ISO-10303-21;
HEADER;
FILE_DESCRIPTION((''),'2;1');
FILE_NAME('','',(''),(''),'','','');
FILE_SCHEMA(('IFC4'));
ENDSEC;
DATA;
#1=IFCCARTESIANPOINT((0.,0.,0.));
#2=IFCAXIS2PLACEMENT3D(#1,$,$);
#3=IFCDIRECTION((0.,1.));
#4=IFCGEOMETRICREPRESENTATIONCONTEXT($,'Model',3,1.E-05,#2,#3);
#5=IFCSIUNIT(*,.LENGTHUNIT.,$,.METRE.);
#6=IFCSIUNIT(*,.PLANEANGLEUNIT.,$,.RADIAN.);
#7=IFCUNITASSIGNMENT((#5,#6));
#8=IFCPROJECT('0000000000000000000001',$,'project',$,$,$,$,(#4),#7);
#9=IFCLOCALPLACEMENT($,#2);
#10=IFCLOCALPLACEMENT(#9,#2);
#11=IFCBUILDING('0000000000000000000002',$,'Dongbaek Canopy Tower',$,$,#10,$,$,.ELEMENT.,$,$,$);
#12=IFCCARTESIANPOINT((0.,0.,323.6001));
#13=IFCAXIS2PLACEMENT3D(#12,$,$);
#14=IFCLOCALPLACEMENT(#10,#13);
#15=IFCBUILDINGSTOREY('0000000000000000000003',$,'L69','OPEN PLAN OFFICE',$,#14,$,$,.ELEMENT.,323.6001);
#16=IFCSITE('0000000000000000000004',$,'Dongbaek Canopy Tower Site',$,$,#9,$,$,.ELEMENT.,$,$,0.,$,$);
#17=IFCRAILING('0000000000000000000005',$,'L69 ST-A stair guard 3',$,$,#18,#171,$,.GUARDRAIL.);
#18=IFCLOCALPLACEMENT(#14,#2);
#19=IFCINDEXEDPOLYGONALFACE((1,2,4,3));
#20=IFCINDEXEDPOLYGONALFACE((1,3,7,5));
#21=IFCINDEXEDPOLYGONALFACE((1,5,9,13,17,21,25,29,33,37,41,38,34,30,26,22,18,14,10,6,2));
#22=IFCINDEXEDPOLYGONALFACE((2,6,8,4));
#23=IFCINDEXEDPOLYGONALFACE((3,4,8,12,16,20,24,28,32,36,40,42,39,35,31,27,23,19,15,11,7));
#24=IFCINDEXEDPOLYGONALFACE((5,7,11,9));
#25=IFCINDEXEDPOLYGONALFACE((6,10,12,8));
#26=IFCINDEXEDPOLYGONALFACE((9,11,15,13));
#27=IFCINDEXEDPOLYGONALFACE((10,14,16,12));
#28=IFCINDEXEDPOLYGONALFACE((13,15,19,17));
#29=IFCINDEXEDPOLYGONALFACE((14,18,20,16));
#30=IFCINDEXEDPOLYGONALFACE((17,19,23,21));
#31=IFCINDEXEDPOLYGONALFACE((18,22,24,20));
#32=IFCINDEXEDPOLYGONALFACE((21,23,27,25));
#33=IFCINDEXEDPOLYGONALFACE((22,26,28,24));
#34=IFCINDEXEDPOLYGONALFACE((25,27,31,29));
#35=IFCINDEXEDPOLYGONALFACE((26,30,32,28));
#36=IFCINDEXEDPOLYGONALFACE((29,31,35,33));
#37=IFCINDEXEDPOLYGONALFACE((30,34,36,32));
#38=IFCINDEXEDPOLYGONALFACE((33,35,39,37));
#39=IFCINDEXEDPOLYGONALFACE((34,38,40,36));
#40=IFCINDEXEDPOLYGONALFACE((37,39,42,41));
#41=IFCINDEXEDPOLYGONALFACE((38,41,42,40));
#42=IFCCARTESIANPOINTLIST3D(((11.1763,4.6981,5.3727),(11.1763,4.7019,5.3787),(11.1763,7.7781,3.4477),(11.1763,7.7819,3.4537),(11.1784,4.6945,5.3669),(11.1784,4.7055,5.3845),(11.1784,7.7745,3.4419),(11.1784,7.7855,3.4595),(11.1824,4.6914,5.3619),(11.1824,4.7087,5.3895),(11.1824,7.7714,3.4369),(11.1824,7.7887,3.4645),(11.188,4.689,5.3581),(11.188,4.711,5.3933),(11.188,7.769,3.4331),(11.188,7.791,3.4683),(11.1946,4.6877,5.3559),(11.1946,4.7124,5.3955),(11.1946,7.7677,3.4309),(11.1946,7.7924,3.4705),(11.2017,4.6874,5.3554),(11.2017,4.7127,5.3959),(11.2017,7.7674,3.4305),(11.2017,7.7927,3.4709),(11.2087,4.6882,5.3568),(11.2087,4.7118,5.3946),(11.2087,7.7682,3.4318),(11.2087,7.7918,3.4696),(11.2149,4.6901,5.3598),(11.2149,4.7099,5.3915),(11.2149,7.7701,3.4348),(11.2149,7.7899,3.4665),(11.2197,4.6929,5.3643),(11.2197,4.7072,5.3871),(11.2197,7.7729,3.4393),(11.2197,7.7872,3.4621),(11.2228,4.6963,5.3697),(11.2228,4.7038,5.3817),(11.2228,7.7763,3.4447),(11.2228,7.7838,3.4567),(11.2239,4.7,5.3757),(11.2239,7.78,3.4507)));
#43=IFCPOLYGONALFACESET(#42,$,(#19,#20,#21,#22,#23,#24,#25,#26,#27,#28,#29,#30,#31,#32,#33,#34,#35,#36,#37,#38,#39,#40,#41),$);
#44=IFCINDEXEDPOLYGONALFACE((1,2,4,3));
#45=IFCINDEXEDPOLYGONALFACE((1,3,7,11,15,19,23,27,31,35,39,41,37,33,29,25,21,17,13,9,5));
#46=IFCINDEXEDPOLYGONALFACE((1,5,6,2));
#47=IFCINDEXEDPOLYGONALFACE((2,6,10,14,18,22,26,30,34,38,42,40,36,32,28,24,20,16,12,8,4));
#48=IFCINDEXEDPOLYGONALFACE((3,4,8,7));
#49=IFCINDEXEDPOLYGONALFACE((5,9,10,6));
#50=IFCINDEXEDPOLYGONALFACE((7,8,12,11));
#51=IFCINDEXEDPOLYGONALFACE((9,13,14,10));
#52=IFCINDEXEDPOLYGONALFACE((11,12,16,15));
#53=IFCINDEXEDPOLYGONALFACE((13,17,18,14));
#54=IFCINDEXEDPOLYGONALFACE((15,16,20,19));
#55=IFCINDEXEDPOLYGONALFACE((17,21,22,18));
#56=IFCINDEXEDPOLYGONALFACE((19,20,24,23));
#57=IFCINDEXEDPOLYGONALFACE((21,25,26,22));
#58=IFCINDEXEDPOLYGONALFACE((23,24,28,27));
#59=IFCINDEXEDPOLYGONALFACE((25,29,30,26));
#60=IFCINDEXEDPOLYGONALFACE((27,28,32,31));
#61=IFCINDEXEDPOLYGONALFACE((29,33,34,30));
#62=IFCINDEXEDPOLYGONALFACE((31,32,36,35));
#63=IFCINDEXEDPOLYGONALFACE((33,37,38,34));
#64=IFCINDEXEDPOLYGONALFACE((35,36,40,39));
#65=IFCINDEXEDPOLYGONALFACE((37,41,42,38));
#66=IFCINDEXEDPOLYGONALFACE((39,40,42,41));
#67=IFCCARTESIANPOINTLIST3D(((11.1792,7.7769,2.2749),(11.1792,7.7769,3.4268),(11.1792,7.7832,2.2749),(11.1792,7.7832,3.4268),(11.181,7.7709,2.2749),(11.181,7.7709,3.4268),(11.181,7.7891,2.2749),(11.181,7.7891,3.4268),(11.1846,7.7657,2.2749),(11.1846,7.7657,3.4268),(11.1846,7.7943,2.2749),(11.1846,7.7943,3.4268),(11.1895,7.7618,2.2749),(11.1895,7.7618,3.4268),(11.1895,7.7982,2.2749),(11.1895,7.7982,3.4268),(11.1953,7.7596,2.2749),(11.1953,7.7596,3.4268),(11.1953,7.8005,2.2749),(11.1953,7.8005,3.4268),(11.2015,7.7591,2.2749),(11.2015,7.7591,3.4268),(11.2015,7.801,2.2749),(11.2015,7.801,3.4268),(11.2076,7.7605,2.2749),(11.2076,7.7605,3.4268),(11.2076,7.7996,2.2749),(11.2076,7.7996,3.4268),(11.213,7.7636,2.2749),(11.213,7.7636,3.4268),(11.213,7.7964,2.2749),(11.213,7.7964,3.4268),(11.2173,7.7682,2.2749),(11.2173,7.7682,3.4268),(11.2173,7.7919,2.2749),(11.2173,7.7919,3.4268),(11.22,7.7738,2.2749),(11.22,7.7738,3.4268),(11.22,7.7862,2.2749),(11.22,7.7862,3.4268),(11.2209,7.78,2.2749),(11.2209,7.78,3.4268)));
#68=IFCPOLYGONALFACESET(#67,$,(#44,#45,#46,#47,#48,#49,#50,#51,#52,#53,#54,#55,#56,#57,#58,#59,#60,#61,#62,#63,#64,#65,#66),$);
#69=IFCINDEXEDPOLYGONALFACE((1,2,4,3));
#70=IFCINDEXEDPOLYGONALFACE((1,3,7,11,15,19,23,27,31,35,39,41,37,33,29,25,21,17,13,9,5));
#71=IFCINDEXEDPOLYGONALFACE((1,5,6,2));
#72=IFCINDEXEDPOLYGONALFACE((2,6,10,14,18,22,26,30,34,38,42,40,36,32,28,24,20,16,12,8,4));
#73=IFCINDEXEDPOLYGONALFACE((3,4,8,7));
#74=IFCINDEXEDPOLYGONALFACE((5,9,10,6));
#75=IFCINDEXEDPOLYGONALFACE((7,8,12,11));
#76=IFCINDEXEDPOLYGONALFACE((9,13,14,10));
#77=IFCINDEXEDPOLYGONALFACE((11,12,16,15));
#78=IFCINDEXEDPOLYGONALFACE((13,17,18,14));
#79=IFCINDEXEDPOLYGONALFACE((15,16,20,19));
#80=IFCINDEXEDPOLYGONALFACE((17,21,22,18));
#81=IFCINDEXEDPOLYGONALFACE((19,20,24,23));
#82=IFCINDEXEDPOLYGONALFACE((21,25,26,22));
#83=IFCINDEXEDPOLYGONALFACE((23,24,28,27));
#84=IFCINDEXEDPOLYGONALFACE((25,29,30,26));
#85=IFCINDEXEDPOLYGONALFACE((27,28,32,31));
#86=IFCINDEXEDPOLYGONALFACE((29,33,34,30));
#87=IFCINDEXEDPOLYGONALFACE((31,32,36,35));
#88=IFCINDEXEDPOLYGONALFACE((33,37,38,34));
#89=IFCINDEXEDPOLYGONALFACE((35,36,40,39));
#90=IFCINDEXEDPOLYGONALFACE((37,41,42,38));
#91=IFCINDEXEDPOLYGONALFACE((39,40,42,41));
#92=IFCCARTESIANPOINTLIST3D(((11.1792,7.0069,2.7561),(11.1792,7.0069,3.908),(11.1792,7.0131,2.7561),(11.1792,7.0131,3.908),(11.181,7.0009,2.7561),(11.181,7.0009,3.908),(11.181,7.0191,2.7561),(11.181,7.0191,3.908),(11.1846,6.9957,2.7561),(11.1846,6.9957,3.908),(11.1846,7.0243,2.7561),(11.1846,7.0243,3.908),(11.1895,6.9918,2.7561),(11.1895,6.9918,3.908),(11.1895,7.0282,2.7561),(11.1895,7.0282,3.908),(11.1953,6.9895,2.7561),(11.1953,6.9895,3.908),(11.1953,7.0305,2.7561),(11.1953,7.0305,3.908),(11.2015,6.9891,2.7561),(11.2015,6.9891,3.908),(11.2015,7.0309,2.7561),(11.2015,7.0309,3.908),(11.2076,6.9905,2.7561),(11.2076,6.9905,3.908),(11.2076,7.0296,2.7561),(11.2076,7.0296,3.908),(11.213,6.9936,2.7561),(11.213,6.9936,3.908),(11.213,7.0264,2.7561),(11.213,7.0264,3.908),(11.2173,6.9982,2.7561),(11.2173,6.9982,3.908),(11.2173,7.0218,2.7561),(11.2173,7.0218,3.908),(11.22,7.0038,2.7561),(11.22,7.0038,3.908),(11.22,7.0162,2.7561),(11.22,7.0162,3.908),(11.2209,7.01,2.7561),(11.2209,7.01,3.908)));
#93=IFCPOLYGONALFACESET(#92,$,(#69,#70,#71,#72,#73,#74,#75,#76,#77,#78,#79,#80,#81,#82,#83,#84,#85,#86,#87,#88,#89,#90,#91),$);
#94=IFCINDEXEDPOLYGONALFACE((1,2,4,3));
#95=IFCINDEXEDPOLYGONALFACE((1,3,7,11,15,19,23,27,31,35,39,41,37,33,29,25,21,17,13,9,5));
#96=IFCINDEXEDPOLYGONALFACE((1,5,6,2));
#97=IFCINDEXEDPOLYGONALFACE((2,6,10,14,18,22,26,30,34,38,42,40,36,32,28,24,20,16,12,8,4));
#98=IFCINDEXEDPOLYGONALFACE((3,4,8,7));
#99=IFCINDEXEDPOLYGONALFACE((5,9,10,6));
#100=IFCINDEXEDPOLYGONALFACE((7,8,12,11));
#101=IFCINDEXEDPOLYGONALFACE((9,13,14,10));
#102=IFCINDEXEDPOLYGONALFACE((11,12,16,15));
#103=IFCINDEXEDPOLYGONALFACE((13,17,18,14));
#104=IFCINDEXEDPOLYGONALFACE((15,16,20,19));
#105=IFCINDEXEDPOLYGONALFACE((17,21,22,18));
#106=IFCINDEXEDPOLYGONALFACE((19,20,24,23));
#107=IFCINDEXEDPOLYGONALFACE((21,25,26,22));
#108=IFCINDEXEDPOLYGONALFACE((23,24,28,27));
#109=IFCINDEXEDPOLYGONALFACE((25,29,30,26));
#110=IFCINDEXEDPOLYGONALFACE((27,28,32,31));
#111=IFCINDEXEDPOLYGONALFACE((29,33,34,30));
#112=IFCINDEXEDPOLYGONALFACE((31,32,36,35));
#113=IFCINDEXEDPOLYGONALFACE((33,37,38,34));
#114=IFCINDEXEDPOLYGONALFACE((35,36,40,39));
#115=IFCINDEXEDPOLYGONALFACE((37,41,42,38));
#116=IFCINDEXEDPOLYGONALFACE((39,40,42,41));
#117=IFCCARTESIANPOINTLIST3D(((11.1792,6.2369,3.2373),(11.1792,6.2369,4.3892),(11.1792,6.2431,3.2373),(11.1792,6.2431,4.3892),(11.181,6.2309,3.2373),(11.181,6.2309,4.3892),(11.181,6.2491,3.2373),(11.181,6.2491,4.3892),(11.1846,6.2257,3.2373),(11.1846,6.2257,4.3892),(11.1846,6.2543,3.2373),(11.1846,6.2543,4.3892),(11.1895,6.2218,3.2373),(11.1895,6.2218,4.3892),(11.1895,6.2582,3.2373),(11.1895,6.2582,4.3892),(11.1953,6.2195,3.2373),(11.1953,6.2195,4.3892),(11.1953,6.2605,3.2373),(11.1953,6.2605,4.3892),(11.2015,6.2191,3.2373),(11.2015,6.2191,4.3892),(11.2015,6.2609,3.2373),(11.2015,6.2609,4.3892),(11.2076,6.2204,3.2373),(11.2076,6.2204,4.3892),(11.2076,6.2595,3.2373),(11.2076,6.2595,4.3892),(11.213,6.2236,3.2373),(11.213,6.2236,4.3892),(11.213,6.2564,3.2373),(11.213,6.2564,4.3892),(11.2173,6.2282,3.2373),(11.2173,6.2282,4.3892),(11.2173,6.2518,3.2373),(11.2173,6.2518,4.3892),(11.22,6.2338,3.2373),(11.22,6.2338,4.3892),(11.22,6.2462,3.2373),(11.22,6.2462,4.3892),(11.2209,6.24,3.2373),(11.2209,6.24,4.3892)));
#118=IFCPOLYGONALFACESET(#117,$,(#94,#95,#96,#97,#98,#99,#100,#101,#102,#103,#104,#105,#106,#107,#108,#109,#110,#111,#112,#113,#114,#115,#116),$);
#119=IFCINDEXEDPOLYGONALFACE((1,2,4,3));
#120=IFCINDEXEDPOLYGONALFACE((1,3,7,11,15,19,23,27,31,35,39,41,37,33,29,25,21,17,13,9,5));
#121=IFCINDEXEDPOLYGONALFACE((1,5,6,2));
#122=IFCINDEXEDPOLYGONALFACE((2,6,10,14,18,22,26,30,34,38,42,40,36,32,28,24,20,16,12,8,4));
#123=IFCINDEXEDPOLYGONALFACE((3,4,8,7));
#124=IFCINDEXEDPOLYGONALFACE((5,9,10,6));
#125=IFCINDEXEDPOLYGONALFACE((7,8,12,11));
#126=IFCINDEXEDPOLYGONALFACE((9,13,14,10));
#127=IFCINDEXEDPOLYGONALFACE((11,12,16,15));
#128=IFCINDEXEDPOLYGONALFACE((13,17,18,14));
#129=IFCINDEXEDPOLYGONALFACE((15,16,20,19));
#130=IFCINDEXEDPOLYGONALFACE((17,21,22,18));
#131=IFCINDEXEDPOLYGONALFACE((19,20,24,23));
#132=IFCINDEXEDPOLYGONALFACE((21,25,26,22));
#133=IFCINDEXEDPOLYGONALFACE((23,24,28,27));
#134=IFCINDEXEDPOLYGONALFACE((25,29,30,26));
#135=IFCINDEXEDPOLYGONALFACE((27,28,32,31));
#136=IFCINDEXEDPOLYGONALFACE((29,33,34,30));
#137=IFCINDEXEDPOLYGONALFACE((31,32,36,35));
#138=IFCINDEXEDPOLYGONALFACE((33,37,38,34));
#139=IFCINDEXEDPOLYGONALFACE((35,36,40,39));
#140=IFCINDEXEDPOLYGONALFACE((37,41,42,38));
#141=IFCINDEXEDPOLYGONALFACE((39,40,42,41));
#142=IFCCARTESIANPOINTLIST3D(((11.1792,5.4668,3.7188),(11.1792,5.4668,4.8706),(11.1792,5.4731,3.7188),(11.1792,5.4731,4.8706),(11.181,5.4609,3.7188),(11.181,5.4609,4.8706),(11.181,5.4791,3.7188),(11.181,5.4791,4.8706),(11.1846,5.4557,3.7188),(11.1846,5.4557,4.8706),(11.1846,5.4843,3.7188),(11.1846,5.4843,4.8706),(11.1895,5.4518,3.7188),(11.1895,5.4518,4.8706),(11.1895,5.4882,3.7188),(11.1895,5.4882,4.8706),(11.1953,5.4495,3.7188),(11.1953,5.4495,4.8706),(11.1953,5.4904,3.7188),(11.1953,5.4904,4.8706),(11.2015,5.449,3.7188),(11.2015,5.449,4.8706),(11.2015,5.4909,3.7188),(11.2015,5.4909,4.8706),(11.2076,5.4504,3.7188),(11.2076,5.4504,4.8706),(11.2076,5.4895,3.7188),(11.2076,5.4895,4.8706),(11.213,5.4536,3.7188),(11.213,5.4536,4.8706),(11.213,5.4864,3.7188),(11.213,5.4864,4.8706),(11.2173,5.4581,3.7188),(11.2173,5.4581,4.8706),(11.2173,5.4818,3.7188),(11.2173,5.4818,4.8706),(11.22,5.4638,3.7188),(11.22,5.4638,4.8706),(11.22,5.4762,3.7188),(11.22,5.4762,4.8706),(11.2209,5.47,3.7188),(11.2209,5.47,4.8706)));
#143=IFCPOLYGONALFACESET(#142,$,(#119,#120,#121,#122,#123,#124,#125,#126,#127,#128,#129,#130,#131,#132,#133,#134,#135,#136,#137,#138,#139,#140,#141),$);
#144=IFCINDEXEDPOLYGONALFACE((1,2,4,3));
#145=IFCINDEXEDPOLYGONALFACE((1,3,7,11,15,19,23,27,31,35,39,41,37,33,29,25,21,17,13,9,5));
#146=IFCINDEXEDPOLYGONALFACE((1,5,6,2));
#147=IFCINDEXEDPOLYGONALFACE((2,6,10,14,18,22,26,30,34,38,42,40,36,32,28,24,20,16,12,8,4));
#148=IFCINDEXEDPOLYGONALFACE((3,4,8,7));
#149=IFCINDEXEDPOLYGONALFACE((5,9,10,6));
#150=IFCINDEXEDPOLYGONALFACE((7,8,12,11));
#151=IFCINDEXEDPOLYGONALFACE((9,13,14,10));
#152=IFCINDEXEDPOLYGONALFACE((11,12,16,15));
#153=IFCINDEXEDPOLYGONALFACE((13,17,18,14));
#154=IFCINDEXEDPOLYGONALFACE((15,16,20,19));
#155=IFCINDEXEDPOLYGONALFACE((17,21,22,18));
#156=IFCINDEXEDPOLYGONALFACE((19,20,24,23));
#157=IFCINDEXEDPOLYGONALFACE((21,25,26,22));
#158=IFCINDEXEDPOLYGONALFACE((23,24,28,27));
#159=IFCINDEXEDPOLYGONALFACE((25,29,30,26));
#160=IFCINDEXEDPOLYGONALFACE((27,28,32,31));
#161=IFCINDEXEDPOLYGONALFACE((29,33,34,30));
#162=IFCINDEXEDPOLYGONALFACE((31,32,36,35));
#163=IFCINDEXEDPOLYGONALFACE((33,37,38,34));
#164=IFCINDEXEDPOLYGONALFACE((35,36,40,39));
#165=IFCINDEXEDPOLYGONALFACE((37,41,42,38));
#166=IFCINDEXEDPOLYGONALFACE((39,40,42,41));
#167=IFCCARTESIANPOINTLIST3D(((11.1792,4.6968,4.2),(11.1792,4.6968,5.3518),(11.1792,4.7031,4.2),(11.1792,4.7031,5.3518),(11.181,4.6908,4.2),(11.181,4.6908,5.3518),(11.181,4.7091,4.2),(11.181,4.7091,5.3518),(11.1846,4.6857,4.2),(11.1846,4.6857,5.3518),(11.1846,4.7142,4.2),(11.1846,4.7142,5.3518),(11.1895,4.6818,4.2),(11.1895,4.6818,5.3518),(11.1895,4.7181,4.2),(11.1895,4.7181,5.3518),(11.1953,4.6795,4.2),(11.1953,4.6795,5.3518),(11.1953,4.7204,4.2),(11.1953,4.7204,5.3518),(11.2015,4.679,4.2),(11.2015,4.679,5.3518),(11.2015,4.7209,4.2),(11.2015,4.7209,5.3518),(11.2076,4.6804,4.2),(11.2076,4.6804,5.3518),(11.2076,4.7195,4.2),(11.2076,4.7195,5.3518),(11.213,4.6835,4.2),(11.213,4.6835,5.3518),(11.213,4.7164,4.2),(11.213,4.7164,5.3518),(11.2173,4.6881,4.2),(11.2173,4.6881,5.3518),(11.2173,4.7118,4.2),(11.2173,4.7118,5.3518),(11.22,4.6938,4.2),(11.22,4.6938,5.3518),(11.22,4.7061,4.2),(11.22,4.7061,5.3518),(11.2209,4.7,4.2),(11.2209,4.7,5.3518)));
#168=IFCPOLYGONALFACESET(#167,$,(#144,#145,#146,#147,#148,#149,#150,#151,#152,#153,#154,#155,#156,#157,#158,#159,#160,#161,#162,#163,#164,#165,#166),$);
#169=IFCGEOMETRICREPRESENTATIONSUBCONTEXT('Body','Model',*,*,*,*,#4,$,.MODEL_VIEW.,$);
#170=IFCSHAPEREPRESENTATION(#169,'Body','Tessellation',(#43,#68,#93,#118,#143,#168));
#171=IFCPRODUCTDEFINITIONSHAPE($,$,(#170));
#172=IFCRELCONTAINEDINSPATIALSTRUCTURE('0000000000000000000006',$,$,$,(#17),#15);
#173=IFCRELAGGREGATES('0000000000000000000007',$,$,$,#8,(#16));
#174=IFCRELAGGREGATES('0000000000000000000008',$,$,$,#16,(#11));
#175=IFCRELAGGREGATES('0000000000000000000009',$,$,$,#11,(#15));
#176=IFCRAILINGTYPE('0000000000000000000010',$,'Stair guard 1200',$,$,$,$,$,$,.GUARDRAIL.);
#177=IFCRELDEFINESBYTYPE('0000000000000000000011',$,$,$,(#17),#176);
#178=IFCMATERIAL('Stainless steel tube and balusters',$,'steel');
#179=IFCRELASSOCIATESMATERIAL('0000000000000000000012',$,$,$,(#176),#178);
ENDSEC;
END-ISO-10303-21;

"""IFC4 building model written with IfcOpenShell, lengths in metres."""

from ifc_helpers import new_model, si_unit, direction, frame, origin, origin_2d, place, context, subcontext, project, spatial, circle, extrude, material, type_object, element, save


model = new_model("IFC4")

# Units and contexts
model_context = context("Model", 3, precision=1e-05, world=origin(), true_north=direction((0.0, 1.0)))
body_context = subcontext(model_context, "Body", "Model", "MODEL_VIEW")
ifc_project = project(units=[si_unit("LENGTHUNIT", "METRE"), si_unit("PLANEANGLEUNIT", "RADIAN")], contexts=[model_context])

# Site, building, storey
site_placement = place(None, origin())
site = spatial("IfcSite", under=ifc_project, at=site_placement, Name="Dongbaek Canopy Tower Site", CompositionType="ELEMENT", RefElevation=0.0)
building_placement = place(site_placement, origin())
building = spatial("IfcBuilding", under=site, at=building_placement, Name="Dongbaek Canopy Tower", CompositionType="ELEMENT")
storey_placement = place(building_placement, frame((0.0, 0.0, 323.6001)))
storey = spatial("IfcBuildingStorey", under=building, at=storey_placement, Name="L69", Description="OPEN PLAN OFFICE", CompositionType="ELEMENT", Elevation=323.6001)

# Railing
ifc_material_1 = material(Name="Stainless steel tube and balusters", Category="steel")
railing_type_1 = type_object("IfcRailingType", Name="Stair guard 1200", PredefinedType="GUARDRAIL", material=ifc_material_1)
railing_1_placement = place(storey_placement, frame((11.2, 7.78, 2.2749)))
element("IfcRailing", 1, at=railing_1_placement, inside=storey, type_object=railing_type_1, Name="L69 ST-A stair guard 3", PredefinedType="GUARDRAIL", context=body_context, shape_type="SweptSolid", body=[
    extrude(circle(Radius=0.0239, at=origin_2d()), frame((0.0, 0.0, 1.1758), z_axis=(0.0, -0.847998, 0.529999), x_axis=(1.0, 0.0, 0.0)), (0.0, 0.0, 1.0), 3.6321),
    extrude(circle(Radius=0.021, at=origin_2d()), origin(), (0.0, 0.0, 1.0), 1.1519),
    extrude(circle(Radius=0.021, at=origin_2d()), frame((0.0, -0.77, 0.4812)), (0.0, 0.0, 1.0), 1.1519),
    extrude(circle(Radius=0.021, at=origin_2d()), frame((0.0, -1.54, 0.9624)), (0.0, 0.0, 1.0), 1.1519),
    extrude(circle(Radius=0.021, at=origin_2d()), frame((0.0, -2.3101, 1.4438)), (0.0, 0.0, 1.0), 1.1519),
    extrude(circle(Radius=0.021, at=origin_2d()), frame((0.0, -3.0801, 1.925)), (0.0, 0.0, 1.0), 1.1519),
])

save(model, "model.ifc")
